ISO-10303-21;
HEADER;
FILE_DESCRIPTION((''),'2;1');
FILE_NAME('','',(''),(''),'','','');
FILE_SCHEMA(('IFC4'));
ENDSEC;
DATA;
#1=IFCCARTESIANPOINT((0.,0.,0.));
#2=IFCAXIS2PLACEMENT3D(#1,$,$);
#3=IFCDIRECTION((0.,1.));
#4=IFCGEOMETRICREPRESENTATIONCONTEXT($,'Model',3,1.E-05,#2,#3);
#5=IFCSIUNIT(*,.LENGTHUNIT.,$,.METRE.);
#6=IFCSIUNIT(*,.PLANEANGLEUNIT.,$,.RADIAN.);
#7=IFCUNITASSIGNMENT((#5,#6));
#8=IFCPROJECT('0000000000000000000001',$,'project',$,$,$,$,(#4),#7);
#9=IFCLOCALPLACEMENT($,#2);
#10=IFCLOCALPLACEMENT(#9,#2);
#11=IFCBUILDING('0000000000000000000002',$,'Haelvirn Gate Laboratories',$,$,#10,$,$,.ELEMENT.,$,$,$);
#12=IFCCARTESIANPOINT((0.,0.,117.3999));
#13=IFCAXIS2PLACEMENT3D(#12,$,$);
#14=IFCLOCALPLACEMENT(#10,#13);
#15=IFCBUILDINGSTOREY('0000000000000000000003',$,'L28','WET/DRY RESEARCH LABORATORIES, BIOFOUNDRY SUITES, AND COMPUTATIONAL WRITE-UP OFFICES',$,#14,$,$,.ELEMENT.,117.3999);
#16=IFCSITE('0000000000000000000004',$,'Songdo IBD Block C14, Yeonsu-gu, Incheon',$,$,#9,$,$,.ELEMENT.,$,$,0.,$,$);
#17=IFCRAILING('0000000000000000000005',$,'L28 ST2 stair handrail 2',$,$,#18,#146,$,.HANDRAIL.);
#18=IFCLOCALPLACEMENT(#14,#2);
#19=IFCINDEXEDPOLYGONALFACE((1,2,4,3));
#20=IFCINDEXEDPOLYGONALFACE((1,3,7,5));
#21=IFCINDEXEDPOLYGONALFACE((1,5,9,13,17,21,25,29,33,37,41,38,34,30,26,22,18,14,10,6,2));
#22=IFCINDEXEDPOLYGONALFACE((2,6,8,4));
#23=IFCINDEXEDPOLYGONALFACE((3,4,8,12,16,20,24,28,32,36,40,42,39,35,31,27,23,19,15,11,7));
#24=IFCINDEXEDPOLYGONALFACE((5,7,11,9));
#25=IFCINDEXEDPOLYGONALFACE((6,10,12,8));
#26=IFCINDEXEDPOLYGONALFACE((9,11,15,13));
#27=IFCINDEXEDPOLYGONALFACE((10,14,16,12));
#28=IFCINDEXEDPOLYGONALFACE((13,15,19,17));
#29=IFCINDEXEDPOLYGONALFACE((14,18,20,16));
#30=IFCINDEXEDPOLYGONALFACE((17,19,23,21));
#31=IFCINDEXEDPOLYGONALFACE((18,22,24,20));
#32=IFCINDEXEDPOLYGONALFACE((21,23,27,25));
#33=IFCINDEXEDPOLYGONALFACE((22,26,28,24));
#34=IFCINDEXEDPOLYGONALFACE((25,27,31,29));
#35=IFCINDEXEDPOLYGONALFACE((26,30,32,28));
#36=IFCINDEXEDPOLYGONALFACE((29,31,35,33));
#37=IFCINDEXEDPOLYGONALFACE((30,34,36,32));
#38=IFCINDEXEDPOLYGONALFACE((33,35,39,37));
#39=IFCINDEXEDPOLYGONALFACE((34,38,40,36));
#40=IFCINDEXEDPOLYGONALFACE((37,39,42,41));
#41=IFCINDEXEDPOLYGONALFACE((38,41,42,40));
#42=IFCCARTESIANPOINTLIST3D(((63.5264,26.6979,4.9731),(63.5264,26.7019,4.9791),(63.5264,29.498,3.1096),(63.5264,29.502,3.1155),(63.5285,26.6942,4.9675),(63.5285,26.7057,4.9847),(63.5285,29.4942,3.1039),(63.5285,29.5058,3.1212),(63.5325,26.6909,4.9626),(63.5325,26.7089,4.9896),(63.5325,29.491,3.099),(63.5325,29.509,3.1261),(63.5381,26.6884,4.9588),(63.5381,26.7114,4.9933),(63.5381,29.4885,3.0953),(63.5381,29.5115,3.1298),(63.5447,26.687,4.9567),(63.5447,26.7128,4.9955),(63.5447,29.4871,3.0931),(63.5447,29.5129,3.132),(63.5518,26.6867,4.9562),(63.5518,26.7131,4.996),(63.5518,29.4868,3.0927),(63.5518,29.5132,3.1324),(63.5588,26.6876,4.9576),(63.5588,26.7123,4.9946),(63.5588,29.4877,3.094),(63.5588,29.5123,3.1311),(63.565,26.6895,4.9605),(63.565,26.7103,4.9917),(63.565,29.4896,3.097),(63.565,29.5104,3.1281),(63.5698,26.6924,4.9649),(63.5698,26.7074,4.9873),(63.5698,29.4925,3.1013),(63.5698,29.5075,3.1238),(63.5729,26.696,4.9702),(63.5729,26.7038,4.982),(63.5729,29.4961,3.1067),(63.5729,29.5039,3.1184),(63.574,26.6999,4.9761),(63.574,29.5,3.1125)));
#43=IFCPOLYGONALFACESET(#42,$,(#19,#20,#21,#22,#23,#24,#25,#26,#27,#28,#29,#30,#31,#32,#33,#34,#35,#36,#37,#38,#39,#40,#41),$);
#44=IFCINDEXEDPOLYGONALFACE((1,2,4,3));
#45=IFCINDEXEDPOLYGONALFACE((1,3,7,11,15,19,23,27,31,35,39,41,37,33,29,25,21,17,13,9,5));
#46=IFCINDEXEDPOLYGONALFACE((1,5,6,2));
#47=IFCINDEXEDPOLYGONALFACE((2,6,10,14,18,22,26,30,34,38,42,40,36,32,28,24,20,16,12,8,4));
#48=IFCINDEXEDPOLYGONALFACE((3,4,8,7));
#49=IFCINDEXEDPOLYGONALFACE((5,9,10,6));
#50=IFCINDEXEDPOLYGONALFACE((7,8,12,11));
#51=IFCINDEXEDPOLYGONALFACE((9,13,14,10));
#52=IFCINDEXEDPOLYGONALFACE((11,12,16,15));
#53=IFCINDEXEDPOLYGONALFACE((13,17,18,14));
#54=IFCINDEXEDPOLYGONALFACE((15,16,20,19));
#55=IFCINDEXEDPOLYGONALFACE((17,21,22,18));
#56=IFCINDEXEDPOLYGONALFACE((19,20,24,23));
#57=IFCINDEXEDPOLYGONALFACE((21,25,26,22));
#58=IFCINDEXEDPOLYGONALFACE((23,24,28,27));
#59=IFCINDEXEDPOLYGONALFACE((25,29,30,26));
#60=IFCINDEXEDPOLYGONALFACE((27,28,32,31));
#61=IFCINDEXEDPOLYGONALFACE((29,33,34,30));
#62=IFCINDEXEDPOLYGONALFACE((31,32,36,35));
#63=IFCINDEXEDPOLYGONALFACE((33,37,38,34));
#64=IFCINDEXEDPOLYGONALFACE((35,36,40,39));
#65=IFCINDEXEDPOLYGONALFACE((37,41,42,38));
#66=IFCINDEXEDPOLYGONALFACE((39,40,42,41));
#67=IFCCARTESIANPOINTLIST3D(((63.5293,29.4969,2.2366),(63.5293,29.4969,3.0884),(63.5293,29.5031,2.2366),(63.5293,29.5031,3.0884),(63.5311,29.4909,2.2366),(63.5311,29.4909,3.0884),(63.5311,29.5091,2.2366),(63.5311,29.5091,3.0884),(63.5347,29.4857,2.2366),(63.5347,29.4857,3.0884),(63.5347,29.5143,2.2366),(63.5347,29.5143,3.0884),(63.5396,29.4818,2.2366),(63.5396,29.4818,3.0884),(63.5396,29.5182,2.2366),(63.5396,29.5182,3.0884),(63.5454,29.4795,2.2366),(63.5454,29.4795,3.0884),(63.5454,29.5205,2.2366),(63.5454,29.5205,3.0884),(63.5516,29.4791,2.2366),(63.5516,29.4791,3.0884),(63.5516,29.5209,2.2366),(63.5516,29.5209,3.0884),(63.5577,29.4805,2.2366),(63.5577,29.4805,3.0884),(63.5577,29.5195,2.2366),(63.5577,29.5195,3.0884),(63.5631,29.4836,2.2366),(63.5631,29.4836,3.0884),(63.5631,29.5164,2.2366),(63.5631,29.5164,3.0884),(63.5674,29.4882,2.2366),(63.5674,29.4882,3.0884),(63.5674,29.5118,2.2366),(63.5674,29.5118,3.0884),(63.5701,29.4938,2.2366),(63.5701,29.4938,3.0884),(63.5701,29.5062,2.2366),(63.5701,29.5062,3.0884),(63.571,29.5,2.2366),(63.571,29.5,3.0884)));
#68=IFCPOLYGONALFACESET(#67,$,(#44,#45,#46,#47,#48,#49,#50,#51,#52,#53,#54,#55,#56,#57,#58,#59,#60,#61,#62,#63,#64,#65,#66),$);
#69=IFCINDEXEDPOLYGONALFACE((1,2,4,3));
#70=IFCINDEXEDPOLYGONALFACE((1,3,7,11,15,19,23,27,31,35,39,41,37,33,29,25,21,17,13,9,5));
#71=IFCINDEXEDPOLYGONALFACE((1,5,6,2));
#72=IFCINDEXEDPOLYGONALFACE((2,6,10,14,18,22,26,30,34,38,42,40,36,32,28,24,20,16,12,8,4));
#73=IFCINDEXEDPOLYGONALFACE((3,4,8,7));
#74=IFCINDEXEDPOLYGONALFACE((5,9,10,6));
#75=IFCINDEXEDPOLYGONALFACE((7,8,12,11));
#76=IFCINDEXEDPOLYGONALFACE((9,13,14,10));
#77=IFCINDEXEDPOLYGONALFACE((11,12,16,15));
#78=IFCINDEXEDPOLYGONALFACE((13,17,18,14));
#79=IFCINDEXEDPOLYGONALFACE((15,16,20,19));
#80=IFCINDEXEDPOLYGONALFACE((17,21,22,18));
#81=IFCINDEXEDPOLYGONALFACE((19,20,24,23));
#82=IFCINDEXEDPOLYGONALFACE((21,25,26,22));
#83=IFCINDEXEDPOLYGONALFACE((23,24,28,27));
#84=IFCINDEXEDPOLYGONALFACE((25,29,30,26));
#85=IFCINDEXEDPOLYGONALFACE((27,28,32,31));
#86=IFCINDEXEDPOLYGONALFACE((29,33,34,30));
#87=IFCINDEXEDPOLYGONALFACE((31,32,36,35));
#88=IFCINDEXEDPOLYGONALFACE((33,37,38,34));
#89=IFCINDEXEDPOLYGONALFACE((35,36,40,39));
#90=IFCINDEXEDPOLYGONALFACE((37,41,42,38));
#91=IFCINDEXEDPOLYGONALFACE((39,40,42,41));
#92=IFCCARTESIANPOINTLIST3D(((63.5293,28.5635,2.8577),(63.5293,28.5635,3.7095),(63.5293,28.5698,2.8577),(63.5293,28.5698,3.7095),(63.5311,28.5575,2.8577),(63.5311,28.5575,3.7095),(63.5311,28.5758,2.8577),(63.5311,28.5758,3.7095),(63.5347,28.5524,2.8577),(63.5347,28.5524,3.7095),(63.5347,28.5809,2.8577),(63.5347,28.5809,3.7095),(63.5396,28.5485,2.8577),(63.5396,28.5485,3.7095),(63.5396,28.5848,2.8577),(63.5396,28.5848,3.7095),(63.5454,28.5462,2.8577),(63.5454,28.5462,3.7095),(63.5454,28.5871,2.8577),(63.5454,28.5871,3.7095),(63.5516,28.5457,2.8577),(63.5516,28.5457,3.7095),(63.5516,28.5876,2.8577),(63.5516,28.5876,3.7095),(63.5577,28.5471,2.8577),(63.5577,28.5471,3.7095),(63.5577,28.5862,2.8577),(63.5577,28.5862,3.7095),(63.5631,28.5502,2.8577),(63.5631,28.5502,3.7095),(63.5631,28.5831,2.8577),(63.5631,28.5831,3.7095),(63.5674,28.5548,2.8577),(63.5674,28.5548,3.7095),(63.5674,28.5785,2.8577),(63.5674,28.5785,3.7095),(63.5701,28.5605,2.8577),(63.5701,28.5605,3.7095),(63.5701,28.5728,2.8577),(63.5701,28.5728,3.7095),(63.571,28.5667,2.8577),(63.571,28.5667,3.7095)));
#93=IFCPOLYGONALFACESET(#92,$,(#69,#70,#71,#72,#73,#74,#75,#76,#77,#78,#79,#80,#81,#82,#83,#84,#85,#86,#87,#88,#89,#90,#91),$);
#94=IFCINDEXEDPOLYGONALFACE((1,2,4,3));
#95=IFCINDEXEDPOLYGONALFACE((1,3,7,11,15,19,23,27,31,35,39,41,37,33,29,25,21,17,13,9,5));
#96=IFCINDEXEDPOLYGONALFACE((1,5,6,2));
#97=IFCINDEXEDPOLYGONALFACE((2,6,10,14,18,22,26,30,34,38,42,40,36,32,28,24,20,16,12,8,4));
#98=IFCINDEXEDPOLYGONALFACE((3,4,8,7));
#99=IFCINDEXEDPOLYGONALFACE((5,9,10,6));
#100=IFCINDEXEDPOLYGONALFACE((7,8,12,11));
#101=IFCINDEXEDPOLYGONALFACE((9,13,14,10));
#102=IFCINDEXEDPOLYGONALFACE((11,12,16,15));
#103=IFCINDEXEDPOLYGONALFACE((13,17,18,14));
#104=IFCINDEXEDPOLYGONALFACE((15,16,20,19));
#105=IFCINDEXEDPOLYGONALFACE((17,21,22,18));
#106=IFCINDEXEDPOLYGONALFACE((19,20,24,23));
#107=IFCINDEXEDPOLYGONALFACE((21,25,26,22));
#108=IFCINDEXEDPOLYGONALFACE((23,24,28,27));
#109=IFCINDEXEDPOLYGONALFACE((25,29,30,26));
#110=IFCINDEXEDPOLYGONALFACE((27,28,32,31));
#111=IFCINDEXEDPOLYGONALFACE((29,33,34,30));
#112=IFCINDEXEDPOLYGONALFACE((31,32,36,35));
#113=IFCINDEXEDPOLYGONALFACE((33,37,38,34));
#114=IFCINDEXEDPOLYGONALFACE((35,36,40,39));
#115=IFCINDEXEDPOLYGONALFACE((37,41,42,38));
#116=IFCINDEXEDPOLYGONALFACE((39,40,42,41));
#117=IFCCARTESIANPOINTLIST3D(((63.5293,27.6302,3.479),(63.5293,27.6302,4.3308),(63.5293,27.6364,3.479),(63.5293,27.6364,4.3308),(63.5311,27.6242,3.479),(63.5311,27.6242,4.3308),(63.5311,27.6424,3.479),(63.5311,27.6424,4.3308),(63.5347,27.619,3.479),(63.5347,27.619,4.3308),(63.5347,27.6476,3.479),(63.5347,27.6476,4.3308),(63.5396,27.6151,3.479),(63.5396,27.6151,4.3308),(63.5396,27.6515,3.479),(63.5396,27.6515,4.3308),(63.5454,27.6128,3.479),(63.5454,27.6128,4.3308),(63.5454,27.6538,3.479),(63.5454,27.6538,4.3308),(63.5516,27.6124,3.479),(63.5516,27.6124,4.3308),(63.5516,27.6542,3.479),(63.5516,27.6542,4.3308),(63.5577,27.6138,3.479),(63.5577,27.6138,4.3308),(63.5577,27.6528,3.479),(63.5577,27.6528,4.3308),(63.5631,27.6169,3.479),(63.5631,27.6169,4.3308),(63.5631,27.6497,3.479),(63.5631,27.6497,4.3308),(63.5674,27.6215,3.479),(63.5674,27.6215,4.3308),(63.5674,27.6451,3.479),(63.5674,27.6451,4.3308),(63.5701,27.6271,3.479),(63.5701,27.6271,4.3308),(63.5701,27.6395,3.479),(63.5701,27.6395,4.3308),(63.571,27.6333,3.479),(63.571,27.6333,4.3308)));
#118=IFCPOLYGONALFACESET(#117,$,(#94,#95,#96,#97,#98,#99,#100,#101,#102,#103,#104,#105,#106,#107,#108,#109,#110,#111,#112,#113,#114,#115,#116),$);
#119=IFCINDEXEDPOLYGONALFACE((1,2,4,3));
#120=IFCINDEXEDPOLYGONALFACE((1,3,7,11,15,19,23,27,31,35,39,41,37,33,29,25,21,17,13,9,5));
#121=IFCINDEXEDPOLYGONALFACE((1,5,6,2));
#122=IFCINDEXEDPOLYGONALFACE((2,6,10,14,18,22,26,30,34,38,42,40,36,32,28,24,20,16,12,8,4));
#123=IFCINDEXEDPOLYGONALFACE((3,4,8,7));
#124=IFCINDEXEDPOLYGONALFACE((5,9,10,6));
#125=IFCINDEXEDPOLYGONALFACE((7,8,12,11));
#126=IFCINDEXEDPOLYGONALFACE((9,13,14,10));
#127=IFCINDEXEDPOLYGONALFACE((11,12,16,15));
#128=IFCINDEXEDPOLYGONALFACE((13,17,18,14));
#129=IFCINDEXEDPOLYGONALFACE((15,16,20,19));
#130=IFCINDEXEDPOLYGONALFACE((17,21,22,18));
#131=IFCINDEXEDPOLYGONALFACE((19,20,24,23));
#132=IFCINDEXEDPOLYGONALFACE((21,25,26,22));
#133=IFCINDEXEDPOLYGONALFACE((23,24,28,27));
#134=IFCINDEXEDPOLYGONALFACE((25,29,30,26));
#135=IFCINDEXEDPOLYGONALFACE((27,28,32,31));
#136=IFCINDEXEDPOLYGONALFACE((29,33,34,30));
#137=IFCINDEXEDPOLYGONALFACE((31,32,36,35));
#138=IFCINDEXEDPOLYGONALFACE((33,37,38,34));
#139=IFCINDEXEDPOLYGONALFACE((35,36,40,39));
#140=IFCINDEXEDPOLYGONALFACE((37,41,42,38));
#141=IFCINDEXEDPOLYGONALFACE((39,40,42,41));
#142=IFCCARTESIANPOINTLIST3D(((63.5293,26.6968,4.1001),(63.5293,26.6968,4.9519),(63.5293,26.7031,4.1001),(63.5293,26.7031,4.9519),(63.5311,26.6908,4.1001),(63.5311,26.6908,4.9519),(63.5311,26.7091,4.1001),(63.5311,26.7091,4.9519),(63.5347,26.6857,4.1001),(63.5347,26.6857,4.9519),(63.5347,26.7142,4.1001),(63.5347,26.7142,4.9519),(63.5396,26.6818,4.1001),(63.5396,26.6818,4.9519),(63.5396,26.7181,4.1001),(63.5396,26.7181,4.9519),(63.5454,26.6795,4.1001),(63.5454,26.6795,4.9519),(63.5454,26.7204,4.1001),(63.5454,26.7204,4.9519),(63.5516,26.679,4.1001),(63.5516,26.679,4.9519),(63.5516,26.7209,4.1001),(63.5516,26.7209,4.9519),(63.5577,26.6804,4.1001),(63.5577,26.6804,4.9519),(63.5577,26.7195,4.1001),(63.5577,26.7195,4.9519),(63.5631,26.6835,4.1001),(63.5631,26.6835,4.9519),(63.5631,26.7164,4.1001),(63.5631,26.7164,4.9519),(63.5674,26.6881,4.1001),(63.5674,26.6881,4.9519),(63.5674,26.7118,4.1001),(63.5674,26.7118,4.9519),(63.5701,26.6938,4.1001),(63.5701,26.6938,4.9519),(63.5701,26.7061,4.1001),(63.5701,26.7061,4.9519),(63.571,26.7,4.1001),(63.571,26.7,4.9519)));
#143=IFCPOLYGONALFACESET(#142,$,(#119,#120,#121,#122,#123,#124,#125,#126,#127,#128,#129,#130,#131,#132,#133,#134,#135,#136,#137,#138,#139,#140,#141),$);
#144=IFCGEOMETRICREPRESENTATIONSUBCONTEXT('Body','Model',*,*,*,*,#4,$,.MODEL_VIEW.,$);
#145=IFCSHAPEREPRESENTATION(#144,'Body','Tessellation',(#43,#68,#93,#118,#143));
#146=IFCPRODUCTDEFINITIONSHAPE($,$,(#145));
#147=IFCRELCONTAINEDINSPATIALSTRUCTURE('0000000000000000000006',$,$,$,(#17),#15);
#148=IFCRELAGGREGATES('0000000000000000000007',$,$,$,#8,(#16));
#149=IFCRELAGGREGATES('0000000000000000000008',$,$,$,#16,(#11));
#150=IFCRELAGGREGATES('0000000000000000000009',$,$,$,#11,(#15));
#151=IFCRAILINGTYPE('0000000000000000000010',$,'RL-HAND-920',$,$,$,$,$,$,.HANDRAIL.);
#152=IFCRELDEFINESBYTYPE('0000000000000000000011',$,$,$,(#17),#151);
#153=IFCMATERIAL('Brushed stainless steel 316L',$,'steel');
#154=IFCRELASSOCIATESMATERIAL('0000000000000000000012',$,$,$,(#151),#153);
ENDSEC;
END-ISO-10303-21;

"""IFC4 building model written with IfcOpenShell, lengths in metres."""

from ifc_helpers import new_model, si_unit, direction, frame, origin, origin_2d, place, context, subcontext, project, spatial, circle, extrude, source, transform, mapped, material, type_object, element, save


model = new_model("IFC4")

# Units and contexts
model_context = context("Model", 3, precision=1e-05, world=origin(), true_north=direction((0.0, 1.0)))
body_context = subcontext(model_context, "Body", "Model", "MODEL_VIEW")
ifc_project = project(units=[si_unit("LENGTHUNIT", "METRE"), si_unit("PLANEANGLEUNIT", "RADIAN")], contexts=[model_context])

# Site, building, storey
site_placement = place(None, origin())
site = spatial("IfcSite", under=ifc_project, at=site_placement, Name="Songdo IBD Block C14, Yeonsu-gu, Incheon", CompositionType="ELEMENT", RefElevation=0.0)
building_placement = place(site_placement, origin())
building = spatial("IfcBuilding", under=site, at=building_placement, Name="Haelvirn Gate Laboratories", CompositionType="ELEMENT")
storey_placement = place(building_placement, frame((0.0, 0.0, 117.3999)))
storey = spatial("IfcBuildingStorey", under=building, at=storey_placement, Name="L28", Description="WET/DRY RESEARCH LABORATORIES, BIOFOUNDRY SUITES, AND COMPUTATIONAL WRITE-UP OFFICES", CompositionType="ELEMENT", Elevation=117.3999)

# Railing
ifc_material_1 = material(Name="Brushed stainless steel 316L", Category="steel")
railing_type_1 = type_object("IfcRailingType", Name="RL-HAND-920", PredefinedType="HANDRAIL", material=ifc_material_1)
shared_shape_1 = source(origin(), body_context, "Body", "SweptSolid", [
    extrude(circle(Radius=0.0239, at=origin_2d()), frame((0.0, 0.0, 0.876), z_axis=(0.0, -0.832486, 0.554047), x_axis=(1.0, 0.0, 0.0)), (0.0, 0.0, 1.0), 3.3635),
    extrude(circle(Radius=0.021, at=origin_2d()), origin(), (0.0, 0.0, 1.0), 0.8518),
    extrude(circle(Radius=0.021, at=origin_2d()), frame((0.0, -0.9333, 0.6211)), (0.0, 0.0, 1.0), 0.8518),
    extrude(circle(Radius=0.021, at=origin_2d()), frame((0.0, -1.8667, 1.2424)), (0.0, 0.0, 1.0), 0.8518),
    extrude(circle(Radius=0.021, at=origin_2d()), frame((0.0, -2.8, 1.8635)), (0.0, 0.0, 1.0), 0.8518),
])
railing_1_placement = place(storey_placement, frame((63.55, 29.5, 2.2366)))
element("IfcRailing", 1, at=railing_1_placement, inside=storey, type_object=railing_type_1, Name="L28 ST2 stair handrail 2", PredefinedType="HANDRAIL", context=body_context, shape_type="MappedRepresentation", body=[
    mapped(shared_shape_1, transform((0.0, 0.0, 0.0), scale=1.0)),
])

save(model, "model.ifc")
